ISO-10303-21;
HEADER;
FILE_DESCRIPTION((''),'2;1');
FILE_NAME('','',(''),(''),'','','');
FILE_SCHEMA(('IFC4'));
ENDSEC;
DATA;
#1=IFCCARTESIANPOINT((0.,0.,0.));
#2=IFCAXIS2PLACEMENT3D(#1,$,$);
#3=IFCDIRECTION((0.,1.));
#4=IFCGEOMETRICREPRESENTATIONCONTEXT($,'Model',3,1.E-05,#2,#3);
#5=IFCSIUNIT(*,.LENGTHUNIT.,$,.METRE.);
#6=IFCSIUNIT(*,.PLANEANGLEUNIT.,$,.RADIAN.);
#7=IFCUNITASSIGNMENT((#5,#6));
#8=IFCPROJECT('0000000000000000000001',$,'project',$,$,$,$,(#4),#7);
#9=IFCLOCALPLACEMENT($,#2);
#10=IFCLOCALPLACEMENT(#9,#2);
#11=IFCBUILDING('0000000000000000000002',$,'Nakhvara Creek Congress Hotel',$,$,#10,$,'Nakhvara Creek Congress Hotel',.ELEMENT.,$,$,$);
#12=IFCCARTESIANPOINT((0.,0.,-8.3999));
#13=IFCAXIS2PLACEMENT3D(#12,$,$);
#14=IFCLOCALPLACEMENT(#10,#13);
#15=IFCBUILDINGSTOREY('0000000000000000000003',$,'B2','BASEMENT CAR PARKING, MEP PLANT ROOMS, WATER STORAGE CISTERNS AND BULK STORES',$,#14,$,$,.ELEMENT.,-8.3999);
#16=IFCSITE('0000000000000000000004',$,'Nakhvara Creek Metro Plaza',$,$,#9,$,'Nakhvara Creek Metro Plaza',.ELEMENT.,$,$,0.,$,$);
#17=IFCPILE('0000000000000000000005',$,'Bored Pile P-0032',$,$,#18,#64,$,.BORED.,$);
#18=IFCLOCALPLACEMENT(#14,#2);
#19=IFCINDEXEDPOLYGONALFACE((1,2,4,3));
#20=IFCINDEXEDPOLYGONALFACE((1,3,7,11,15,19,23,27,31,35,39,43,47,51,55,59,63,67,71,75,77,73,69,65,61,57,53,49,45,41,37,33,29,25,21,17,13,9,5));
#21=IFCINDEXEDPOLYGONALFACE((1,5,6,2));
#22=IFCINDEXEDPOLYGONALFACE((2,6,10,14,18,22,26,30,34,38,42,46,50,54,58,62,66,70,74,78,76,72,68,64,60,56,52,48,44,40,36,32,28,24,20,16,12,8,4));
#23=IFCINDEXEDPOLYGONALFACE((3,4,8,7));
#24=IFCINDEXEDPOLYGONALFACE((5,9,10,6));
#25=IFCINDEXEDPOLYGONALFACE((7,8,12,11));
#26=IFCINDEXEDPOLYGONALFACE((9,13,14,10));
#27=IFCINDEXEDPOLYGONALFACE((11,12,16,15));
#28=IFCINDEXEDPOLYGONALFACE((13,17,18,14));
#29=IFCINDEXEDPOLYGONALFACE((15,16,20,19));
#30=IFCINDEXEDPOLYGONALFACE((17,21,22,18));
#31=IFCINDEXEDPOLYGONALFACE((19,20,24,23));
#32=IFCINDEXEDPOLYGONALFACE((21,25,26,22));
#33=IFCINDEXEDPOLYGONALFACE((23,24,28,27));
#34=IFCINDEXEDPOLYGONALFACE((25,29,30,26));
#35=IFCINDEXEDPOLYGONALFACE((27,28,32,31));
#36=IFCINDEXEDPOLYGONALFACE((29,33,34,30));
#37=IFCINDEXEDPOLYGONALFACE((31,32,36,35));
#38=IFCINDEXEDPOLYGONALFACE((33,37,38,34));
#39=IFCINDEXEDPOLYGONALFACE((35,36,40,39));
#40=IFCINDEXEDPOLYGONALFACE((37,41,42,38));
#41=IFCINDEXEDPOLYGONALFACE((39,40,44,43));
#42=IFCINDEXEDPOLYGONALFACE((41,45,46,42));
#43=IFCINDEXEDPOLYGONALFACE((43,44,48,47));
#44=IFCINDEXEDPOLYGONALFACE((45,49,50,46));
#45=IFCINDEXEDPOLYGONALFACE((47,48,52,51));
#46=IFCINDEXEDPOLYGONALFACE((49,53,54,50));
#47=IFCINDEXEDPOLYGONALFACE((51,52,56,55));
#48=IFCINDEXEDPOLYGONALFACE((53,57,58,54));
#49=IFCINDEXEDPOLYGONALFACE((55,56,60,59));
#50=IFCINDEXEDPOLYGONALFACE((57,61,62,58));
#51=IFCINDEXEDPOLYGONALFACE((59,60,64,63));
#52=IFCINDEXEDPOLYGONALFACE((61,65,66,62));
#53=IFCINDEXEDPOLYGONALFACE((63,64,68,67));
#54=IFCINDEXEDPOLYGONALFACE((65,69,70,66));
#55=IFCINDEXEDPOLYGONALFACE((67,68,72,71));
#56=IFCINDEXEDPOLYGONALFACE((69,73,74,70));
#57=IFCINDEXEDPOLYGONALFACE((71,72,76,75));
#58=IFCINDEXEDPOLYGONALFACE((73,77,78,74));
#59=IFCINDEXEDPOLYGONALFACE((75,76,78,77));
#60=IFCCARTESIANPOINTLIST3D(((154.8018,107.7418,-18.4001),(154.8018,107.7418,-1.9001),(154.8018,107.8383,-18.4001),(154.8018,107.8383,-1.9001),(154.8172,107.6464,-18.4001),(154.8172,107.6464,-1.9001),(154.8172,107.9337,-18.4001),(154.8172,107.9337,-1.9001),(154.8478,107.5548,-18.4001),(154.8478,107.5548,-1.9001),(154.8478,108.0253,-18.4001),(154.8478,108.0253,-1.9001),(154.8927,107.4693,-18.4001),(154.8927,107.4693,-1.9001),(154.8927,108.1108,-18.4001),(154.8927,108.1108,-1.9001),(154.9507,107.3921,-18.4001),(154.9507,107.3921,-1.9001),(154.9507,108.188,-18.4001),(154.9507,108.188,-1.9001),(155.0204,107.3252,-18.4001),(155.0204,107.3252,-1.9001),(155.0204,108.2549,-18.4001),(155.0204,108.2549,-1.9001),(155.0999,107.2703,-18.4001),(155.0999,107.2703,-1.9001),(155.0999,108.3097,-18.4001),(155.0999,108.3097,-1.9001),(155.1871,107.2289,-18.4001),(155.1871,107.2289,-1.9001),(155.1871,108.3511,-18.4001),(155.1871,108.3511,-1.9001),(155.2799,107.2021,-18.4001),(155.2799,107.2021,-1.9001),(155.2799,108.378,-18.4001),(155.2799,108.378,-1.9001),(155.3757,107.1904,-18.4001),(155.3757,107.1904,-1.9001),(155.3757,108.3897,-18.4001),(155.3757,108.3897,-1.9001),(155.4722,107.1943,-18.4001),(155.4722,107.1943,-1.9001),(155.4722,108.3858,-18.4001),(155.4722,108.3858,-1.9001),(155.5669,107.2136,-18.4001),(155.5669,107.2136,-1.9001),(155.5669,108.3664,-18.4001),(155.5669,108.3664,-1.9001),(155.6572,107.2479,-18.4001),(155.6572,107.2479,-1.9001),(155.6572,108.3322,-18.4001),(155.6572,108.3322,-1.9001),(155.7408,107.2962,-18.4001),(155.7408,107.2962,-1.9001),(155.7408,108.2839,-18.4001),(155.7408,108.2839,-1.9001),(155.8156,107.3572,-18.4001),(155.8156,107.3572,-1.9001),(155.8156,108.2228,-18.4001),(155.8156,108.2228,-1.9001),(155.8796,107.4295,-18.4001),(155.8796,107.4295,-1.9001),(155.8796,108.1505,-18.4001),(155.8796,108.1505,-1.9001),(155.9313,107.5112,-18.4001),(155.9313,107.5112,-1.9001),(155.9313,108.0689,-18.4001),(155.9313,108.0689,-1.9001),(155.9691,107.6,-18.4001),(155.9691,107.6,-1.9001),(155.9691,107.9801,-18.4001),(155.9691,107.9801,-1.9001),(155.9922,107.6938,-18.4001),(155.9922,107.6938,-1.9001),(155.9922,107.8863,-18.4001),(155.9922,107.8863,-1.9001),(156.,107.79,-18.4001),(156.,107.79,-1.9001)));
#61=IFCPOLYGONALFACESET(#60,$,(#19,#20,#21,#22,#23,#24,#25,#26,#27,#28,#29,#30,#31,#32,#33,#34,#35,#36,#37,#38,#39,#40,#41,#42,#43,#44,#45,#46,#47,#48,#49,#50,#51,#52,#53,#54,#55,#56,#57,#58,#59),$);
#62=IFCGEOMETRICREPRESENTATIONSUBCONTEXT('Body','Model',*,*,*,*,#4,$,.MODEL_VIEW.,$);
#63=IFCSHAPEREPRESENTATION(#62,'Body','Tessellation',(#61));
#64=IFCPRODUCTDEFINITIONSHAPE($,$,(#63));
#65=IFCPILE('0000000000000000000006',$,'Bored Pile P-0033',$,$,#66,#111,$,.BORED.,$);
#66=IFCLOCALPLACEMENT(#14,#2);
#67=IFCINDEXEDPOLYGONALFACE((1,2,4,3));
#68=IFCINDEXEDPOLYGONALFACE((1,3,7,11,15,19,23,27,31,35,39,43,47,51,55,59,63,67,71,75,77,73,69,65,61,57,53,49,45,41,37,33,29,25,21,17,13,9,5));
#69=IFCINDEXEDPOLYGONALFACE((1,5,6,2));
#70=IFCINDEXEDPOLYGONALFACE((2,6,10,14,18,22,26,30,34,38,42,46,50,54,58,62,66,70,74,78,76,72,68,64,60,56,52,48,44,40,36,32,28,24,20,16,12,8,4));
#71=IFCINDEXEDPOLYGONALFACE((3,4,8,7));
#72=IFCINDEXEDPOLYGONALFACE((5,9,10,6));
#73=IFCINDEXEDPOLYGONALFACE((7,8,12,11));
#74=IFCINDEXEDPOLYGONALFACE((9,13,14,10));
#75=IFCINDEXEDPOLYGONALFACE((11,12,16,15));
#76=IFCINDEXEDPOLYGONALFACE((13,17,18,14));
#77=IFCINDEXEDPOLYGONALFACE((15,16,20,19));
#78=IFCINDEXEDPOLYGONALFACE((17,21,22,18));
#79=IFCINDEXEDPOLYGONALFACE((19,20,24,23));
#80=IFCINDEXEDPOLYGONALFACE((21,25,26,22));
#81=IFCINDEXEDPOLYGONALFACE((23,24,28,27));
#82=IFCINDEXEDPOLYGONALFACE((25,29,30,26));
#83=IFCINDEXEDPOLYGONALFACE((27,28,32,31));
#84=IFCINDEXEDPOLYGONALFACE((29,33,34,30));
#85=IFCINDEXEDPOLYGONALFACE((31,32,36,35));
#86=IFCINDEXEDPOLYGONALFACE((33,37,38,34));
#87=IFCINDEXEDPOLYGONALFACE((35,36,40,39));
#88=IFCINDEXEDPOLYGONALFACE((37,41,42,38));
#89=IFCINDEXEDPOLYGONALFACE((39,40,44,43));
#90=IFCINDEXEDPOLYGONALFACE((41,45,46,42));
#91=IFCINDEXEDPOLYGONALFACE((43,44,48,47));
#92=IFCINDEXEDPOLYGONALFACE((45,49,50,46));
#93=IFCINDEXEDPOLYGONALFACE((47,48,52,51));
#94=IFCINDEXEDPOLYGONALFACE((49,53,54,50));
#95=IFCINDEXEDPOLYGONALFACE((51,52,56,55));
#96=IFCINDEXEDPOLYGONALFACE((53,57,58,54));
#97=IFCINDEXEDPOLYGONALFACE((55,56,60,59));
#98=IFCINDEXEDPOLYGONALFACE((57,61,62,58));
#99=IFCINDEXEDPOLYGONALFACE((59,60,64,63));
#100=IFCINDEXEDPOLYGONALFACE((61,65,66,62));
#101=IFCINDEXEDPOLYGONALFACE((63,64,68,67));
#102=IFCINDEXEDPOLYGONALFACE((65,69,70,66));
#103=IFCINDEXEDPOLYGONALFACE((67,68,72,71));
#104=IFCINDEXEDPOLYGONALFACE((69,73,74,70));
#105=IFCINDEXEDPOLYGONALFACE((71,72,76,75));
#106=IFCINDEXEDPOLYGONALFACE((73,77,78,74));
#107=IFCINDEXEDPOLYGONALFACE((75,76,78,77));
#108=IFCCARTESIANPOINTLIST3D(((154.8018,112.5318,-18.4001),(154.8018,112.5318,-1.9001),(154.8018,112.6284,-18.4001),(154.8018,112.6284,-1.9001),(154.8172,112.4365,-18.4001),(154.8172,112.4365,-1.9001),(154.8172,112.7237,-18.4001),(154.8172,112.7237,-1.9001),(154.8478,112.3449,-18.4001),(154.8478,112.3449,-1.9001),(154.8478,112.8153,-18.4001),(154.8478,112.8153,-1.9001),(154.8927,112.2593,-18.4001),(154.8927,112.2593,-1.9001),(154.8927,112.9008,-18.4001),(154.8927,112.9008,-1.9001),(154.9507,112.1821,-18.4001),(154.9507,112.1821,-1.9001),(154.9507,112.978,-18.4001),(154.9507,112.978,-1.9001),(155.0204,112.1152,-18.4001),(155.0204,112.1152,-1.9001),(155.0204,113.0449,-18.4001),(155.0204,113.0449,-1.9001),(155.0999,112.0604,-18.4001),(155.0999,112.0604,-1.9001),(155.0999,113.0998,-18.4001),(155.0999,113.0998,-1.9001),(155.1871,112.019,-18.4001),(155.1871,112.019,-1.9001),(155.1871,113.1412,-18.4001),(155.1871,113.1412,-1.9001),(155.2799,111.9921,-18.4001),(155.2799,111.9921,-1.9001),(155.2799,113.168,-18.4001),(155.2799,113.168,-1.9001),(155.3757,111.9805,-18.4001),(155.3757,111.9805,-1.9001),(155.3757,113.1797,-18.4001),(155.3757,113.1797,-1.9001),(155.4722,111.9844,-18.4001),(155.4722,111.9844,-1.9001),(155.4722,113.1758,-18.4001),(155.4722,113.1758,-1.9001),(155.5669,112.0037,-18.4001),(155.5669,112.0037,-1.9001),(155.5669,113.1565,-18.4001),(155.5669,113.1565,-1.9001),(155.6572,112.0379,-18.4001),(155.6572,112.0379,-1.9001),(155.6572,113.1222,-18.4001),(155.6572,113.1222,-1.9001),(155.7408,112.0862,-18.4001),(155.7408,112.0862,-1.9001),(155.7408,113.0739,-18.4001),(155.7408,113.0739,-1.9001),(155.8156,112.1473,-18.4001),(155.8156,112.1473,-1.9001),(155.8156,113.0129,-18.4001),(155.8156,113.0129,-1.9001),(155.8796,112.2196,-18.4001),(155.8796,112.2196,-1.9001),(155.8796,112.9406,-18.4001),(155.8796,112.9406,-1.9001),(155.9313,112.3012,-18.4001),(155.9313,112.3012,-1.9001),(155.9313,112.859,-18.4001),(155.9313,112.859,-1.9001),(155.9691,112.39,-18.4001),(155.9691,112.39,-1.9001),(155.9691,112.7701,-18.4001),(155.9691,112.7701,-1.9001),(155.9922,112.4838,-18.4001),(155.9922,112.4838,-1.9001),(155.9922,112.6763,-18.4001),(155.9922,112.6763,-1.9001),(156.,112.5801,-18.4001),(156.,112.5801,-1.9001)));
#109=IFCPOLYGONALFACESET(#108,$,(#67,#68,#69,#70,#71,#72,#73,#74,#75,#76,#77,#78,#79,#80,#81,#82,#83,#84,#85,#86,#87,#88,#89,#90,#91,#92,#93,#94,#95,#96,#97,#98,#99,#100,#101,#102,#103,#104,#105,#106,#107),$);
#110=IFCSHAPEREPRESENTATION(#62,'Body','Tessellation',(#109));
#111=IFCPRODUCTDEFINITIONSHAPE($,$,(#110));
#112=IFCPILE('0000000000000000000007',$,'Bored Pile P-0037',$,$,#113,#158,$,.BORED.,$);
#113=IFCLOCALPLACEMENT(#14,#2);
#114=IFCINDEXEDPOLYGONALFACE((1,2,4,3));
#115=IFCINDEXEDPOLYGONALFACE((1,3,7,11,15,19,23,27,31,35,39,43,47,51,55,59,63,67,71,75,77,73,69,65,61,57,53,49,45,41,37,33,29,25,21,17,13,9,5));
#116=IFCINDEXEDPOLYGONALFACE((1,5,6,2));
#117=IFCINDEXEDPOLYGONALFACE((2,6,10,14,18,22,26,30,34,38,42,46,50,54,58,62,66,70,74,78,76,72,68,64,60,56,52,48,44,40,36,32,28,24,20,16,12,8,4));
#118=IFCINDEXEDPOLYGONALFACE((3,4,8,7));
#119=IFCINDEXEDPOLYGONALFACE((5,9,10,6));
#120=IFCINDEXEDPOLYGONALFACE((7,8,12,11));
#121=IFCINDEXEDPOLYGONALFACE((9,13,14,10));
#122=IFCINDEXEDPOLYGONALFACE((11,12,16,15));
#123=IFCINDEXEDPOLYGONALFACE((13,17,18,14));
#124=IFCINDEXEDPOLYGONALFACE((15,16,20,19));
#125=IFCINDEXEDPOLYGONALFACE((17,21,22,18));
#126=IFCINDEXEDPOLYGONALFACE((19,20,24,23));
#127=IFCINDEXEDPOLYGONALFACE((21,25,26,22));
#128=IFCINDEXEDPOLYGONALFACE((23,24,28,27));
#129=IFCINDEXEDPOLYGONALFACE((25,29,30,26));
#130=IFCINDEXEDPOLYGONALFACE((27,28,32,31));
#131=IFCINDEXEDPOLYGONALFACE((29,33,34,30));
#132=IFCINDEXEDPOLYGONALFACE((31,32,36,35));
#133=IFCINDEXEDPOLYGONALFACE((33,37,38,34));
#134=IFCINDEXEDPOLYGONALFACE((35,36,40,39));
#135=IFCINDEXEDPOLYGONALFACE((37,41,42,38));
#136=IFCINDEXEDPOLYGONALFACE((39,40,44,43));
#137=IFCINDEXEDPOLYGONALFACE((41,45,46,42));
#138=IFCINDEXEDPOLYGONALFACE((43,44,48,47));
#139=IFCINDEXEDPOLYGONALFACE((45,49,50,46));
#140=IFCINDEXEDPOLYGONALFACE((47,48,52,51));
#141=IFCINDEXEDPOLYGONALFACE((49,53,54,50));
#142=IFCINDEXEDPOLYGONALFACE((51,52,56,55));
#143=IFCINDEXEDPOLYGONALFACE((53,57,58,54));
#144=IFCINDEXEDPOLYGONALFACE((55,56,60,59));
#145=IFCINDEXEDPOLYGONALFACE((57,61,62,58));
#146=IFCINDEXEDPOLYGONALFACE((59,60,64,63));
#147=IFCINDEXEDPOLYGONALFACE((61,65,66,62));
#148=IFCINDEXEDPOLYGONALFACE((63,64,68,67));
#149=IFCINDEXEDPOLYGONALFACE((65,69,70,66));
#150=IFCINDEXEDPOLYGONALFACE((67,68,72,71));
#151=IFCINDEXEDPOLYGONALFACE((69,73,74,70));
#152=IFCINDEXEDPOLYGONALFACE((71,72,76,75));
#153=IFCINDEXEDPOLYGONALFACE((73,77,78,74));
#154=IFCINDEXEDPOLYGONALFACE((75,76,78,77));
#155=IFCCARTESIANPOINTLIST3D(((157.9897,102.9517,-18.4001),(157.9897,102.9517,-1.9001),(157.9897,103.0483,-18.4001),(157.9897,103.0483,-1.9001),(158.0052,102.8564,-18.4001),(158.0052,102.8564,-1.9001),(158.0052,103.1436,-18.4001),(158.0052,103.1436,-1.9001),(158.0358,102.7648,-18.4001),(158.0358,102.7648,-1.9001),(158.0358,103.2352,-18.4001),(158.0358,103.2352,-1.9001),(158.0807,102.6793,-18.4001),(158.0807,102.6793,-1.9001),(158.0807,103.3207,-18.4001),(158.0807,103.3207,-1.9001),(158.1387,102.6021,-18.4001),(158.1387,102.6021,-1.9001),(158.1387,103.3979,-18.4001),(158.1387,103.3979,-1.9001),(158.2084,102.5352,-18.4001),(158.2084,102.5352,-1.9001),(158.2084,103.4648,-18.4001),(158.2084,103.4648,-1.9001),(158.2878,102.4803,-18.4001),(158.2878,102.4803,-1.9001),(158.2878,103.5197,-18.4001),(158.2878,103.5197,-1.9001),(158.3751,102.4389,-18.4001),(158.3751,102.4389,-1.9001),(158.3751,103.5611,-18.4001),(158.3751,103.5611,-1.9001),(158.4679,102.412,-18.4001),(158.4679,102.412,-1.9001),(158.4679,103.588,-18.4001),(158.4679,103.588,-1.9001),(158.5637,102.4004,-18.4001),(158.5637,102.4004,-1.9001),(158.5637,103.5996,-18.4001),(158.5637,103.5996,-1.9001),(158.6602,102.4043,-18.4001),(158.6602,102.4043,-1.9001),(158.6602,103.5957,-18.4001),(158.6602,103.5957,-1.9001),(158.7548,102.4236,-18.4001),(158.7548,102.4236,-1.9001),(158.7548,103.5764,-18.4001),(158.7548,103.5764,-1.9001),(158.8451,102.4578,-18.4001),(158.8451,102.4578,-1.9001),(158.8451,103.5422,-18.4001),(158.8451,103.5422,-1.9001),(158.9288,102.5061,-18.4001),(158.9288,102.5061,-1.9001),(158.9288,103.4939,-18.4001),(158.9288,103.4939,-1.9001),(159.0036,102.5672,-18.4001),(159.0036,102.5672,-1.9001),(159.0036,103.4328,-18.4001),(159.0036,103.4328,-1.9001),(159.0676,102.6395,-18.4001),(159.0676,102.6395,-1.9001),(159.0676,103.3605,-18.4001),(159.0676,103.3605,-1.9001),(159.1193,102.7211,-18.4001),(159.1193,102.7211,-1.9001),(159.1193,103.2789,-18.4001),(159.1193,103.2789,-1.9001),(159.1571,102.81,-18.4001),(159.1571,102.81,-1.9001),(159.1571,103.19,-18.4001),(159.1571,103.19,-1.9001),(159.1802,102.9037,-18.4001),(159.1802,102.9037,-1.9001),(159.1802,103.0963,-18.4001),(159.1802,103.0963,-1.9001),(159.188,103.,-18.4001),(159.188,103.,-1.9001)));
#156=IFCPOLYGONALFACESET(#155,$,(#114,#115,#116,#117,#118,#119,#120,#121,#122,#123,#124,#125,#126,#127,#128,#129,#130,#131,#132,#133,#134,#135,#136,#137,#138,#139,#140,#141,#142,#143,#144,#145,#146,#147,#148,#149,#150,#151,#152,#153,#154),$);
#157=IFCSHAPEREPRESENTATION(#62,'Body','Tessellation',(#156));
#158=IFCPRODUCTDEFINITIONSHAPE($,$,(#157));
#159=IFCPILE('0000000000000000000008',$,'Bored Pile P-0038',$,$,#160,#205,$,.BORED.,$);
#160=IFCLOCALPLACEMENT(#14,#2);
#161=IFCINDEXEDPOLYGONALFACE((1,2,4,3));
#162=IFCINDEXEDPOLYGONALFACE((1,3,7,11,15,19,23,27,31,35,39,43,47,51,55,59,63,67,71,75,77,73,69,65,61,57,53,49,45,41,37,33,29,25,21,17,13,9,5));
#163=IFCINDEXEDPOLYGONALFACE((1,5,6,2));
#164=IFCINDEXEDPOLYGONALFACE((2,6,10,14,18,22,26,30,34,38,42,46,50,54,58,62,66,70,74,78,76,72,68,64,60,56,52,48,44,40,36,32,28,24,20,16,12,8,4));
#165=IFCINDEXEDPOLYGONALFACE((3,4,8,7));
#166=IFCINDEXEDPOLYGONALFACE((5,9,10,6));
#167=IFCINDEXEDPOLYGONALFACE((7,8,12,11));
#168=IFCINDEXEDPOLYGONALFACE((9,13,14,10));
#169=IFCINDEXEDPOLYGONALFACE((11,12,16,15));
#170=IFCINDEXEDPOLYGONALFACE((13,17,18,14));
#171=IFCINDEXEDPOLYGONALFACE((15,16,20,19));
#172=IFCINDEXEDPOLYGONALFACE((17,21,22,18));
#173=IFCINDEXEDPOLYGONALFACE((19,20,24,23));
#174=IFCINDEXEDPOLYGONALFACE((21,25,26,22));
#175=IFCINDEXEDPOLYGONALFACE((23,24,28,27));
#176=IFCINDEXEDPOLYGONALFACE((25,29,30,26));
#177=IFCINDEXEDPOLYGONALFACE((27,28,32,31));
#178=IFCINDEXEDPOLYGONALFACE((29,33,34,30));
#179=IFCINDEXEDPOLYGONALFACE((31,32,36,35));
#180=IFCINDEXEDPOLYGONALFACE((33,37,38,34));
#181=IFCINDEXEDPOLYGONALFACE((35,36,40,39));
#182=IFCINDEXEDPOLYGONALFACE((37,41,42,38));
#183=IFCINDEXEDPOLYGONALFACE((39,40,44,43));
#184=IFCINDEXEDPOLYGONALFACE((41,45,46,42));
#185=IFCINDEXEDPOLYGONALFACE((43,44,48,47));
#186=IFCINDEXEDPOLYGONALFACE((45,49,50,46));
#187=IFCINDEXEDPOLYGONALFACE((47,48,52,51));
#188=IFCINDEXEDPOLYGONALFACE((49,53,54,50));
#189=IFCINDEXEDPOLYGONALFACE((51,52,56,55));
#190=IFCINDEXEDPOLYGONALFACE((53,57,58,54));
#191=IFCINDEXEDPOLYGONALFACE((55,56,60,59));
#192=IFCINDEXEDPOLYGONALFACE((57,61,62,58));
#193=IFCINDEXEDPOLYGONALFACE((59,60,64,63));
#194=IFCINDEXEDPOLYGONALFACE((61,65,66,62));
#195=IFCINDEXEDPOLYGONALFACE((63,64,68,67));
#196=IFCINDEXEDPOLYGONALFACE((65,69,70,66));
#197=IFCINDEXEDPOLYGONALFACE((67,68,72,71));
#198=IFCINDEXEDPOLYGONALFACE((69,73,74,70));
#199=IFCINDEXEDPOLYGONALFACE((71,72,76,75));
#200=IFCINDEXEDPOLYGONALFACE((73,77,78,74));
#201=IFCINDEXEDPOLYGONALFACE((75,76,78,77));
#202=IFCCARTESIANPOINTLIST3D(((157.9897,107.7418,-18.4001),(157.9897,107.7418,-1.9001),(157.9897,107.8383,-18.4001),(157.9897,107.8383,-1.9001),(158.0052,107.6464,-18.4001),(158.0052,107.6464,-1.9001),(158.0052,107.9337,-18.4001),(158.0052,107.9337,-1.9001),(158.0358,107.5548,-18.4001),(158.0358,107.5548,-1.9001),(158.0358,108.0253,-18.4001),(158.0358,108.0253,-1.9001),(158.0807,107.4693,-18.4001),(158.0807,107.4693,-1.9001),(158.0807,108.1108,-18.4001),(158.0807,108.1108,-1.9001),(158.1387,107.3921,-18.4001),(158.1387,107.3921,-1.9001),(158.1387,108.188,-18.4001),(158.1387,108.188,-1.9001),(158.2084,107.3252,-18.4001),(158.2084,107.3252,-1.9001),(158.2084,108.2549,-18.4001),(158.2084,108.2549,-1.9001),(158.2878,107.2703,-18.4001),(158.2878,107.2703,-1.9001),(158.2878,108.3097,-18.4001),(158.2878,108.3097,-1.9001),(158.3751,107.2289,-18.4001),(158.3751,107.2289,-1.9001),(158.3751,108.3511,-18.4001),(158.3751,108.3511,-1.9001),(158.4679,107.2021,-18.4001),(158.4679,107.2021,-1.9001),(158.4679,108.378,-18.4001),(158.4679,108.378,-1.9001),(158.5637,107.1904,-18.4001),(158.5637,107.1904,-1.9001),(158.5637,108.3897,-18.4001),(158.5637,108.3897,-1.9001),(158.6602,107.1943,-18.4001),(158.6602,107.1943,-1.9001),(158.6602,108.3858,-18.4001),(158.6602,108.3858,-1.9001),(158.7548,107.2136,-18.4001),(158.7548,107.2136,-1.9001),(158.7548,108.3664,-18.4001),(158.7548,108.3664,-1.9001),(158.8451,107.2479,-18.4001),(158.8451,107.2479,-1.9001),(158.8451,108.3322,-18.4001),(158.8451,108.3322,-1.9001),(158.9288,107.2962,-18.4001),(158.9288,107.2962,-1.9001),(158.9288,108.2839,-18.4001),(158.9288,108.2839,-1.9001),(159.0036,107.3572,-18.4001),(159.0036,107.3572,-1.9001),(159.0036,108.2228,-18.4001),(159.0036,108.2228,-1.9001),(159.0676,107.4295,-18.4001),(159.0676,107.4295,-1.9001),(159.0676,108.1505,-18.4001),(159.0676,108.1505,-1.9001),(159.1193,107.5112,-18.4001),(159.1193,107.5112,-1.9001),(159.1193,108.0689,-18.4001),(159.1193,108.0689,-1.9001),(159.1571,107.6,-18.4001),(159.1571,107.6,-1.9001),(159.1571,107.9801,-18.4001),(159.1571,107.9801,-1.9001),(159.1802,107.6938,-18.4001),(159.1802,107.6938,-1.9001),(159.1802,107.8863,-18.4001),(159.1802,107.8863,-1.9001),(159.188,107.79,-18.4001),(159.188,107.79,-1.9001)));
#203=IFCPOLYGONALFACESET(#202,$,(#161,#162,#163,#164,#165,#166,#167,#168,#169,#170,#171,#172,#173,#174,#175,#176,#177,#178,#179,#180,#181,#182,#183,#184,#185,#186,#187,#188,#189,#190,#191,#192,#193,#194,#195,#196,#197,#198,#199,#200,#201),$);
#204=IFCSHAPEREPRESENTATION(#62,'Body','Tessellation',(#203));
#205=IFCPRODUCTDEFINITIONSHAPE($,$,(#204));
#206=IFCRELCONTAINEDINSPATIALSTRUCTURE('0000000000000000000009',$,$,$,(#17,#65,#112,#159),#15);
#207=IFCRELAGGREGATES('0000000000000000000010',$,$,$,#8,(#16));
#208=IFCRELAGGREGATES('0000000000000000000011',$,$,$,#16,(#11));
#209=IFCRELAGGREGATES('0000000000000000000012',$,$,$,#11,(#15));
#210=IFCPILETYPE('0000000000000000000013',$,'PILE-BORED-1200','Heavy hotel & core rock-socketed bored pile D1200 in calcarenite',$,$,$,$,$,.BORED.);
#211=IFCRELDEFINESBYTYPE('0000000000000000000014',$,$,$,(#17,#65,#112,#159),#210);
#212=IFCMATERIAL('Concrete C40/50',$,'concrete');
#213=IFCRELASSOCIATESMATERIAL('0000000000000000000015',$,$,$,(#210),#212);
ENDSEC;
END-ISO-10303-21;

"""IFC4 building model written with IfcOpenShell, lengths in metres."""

from ifc_helpers import new_model, si_unit, direction, frame, origin, origin_2d, place, context, subcontext, project, spatial, circle, extrude, material, material_profile, profile_set, type_object, element, save


model = new_model("IFC4")

# Units and contexts
model_context = context("Model", 3, precision=1e-05, world=origin(), true_north=direction((0.0, 1.0)))
body_context = subcontext(model_context, "Body", "Model", "MODEL_VIEW")
ifc_project = project(units=[si_unit("LENGTHUNIT", "METRE"), si_unit("PLANEANGLEUNIT", "RADIAN")], contexts=[model_context])

# Site, building, storey
site_placement = place(None, origin())
site = spatial("IfcSite", under=ifc_project, at=site_placement, Name="Nakhvara Creek Metro Plaza", LongName="Nakhvara Creek Metro Plaza", CompositionType="ELEMENT", RefElevation=0.0)
building_placement = place(site_placement, origin())
building = spatial("IfcBuilding", under=site, at=building_placement, Name="Nakhvara Creek Congress Hotel", LongName="Nakhvara Creek Congress Hotel", CompositionType="ELEMENT")
storey_placement = place(building_placement, frame((0.0, 0.0, -8.3999)))
storey = spatial("IfcBuildingStorey", under=building, at=storey_placement, Name="B2", Description="BASEMENT CAR PARKING, MEP PLANT ROOMS, WATER STORAGE CISTERNS AND BULK STORES", CompositionType="ELEMENT", Elevation=-8.3999)

# Piles
ifc_material_1 = material(Name="Concrete C40/50", Category="concrete")
ifc_material_profile_1 = material_profile(ifc_material_1, circle(Radius=0.6001, at=origin_2d()), Name="BORED PILE D1200", Category="LoadBearing")
ifc_profile_set_1 = profile_set([ifc_material_profile_1], Name="Concrete C40/50")
pile_type = type_object("IfcPileType", Name="PILE-BORED-1200", Description="Heavy hotel & core rock-socketed bored pile D1200 in calcarenite", PredefinedType="BORED", material=ifc_profile_set_1)
for number, where, z_axis, x_axis, name in (
    (1, (155.3999, 107.79, -1.9001), (0.0, 0.0, -1.0), (1.0, 0.0, 0.0), "Bored Pile P-0032"),
    (2, (155.3999, 112.5801, -1.9001), (0.0, 0.0, -1.0), (1.0, 0.0, 0.0), "Bored Pile P-0033"),
    (3, (158.5879, 103.0, -1.9001), (0.0, 0.0, -1.0), (1.0, 0.0, 0.0), "Bored Pile P-0037"),
    (4, (158.5879, 107.79, -1.9001), (0.0, 0.0, -1.0), (1.0, 0.0, 0.0), "Bored Pile P-0038"),
):
    element("IfcPile", number, at=place(storey_placement, frame(where, z_axis=z_axis, x_axis=x_axis)), inside=storey, type_object=pile_type, Name=name, PredefinedType="BORED", context=body_context, shape_type="SweptSolid", body=[
        extrude(circle(Radius=0.6001, at=origin_2d()), origin(), (0.0, 0.0, 1.0), 16.5),
    ])

save(model, "model.ifc")
